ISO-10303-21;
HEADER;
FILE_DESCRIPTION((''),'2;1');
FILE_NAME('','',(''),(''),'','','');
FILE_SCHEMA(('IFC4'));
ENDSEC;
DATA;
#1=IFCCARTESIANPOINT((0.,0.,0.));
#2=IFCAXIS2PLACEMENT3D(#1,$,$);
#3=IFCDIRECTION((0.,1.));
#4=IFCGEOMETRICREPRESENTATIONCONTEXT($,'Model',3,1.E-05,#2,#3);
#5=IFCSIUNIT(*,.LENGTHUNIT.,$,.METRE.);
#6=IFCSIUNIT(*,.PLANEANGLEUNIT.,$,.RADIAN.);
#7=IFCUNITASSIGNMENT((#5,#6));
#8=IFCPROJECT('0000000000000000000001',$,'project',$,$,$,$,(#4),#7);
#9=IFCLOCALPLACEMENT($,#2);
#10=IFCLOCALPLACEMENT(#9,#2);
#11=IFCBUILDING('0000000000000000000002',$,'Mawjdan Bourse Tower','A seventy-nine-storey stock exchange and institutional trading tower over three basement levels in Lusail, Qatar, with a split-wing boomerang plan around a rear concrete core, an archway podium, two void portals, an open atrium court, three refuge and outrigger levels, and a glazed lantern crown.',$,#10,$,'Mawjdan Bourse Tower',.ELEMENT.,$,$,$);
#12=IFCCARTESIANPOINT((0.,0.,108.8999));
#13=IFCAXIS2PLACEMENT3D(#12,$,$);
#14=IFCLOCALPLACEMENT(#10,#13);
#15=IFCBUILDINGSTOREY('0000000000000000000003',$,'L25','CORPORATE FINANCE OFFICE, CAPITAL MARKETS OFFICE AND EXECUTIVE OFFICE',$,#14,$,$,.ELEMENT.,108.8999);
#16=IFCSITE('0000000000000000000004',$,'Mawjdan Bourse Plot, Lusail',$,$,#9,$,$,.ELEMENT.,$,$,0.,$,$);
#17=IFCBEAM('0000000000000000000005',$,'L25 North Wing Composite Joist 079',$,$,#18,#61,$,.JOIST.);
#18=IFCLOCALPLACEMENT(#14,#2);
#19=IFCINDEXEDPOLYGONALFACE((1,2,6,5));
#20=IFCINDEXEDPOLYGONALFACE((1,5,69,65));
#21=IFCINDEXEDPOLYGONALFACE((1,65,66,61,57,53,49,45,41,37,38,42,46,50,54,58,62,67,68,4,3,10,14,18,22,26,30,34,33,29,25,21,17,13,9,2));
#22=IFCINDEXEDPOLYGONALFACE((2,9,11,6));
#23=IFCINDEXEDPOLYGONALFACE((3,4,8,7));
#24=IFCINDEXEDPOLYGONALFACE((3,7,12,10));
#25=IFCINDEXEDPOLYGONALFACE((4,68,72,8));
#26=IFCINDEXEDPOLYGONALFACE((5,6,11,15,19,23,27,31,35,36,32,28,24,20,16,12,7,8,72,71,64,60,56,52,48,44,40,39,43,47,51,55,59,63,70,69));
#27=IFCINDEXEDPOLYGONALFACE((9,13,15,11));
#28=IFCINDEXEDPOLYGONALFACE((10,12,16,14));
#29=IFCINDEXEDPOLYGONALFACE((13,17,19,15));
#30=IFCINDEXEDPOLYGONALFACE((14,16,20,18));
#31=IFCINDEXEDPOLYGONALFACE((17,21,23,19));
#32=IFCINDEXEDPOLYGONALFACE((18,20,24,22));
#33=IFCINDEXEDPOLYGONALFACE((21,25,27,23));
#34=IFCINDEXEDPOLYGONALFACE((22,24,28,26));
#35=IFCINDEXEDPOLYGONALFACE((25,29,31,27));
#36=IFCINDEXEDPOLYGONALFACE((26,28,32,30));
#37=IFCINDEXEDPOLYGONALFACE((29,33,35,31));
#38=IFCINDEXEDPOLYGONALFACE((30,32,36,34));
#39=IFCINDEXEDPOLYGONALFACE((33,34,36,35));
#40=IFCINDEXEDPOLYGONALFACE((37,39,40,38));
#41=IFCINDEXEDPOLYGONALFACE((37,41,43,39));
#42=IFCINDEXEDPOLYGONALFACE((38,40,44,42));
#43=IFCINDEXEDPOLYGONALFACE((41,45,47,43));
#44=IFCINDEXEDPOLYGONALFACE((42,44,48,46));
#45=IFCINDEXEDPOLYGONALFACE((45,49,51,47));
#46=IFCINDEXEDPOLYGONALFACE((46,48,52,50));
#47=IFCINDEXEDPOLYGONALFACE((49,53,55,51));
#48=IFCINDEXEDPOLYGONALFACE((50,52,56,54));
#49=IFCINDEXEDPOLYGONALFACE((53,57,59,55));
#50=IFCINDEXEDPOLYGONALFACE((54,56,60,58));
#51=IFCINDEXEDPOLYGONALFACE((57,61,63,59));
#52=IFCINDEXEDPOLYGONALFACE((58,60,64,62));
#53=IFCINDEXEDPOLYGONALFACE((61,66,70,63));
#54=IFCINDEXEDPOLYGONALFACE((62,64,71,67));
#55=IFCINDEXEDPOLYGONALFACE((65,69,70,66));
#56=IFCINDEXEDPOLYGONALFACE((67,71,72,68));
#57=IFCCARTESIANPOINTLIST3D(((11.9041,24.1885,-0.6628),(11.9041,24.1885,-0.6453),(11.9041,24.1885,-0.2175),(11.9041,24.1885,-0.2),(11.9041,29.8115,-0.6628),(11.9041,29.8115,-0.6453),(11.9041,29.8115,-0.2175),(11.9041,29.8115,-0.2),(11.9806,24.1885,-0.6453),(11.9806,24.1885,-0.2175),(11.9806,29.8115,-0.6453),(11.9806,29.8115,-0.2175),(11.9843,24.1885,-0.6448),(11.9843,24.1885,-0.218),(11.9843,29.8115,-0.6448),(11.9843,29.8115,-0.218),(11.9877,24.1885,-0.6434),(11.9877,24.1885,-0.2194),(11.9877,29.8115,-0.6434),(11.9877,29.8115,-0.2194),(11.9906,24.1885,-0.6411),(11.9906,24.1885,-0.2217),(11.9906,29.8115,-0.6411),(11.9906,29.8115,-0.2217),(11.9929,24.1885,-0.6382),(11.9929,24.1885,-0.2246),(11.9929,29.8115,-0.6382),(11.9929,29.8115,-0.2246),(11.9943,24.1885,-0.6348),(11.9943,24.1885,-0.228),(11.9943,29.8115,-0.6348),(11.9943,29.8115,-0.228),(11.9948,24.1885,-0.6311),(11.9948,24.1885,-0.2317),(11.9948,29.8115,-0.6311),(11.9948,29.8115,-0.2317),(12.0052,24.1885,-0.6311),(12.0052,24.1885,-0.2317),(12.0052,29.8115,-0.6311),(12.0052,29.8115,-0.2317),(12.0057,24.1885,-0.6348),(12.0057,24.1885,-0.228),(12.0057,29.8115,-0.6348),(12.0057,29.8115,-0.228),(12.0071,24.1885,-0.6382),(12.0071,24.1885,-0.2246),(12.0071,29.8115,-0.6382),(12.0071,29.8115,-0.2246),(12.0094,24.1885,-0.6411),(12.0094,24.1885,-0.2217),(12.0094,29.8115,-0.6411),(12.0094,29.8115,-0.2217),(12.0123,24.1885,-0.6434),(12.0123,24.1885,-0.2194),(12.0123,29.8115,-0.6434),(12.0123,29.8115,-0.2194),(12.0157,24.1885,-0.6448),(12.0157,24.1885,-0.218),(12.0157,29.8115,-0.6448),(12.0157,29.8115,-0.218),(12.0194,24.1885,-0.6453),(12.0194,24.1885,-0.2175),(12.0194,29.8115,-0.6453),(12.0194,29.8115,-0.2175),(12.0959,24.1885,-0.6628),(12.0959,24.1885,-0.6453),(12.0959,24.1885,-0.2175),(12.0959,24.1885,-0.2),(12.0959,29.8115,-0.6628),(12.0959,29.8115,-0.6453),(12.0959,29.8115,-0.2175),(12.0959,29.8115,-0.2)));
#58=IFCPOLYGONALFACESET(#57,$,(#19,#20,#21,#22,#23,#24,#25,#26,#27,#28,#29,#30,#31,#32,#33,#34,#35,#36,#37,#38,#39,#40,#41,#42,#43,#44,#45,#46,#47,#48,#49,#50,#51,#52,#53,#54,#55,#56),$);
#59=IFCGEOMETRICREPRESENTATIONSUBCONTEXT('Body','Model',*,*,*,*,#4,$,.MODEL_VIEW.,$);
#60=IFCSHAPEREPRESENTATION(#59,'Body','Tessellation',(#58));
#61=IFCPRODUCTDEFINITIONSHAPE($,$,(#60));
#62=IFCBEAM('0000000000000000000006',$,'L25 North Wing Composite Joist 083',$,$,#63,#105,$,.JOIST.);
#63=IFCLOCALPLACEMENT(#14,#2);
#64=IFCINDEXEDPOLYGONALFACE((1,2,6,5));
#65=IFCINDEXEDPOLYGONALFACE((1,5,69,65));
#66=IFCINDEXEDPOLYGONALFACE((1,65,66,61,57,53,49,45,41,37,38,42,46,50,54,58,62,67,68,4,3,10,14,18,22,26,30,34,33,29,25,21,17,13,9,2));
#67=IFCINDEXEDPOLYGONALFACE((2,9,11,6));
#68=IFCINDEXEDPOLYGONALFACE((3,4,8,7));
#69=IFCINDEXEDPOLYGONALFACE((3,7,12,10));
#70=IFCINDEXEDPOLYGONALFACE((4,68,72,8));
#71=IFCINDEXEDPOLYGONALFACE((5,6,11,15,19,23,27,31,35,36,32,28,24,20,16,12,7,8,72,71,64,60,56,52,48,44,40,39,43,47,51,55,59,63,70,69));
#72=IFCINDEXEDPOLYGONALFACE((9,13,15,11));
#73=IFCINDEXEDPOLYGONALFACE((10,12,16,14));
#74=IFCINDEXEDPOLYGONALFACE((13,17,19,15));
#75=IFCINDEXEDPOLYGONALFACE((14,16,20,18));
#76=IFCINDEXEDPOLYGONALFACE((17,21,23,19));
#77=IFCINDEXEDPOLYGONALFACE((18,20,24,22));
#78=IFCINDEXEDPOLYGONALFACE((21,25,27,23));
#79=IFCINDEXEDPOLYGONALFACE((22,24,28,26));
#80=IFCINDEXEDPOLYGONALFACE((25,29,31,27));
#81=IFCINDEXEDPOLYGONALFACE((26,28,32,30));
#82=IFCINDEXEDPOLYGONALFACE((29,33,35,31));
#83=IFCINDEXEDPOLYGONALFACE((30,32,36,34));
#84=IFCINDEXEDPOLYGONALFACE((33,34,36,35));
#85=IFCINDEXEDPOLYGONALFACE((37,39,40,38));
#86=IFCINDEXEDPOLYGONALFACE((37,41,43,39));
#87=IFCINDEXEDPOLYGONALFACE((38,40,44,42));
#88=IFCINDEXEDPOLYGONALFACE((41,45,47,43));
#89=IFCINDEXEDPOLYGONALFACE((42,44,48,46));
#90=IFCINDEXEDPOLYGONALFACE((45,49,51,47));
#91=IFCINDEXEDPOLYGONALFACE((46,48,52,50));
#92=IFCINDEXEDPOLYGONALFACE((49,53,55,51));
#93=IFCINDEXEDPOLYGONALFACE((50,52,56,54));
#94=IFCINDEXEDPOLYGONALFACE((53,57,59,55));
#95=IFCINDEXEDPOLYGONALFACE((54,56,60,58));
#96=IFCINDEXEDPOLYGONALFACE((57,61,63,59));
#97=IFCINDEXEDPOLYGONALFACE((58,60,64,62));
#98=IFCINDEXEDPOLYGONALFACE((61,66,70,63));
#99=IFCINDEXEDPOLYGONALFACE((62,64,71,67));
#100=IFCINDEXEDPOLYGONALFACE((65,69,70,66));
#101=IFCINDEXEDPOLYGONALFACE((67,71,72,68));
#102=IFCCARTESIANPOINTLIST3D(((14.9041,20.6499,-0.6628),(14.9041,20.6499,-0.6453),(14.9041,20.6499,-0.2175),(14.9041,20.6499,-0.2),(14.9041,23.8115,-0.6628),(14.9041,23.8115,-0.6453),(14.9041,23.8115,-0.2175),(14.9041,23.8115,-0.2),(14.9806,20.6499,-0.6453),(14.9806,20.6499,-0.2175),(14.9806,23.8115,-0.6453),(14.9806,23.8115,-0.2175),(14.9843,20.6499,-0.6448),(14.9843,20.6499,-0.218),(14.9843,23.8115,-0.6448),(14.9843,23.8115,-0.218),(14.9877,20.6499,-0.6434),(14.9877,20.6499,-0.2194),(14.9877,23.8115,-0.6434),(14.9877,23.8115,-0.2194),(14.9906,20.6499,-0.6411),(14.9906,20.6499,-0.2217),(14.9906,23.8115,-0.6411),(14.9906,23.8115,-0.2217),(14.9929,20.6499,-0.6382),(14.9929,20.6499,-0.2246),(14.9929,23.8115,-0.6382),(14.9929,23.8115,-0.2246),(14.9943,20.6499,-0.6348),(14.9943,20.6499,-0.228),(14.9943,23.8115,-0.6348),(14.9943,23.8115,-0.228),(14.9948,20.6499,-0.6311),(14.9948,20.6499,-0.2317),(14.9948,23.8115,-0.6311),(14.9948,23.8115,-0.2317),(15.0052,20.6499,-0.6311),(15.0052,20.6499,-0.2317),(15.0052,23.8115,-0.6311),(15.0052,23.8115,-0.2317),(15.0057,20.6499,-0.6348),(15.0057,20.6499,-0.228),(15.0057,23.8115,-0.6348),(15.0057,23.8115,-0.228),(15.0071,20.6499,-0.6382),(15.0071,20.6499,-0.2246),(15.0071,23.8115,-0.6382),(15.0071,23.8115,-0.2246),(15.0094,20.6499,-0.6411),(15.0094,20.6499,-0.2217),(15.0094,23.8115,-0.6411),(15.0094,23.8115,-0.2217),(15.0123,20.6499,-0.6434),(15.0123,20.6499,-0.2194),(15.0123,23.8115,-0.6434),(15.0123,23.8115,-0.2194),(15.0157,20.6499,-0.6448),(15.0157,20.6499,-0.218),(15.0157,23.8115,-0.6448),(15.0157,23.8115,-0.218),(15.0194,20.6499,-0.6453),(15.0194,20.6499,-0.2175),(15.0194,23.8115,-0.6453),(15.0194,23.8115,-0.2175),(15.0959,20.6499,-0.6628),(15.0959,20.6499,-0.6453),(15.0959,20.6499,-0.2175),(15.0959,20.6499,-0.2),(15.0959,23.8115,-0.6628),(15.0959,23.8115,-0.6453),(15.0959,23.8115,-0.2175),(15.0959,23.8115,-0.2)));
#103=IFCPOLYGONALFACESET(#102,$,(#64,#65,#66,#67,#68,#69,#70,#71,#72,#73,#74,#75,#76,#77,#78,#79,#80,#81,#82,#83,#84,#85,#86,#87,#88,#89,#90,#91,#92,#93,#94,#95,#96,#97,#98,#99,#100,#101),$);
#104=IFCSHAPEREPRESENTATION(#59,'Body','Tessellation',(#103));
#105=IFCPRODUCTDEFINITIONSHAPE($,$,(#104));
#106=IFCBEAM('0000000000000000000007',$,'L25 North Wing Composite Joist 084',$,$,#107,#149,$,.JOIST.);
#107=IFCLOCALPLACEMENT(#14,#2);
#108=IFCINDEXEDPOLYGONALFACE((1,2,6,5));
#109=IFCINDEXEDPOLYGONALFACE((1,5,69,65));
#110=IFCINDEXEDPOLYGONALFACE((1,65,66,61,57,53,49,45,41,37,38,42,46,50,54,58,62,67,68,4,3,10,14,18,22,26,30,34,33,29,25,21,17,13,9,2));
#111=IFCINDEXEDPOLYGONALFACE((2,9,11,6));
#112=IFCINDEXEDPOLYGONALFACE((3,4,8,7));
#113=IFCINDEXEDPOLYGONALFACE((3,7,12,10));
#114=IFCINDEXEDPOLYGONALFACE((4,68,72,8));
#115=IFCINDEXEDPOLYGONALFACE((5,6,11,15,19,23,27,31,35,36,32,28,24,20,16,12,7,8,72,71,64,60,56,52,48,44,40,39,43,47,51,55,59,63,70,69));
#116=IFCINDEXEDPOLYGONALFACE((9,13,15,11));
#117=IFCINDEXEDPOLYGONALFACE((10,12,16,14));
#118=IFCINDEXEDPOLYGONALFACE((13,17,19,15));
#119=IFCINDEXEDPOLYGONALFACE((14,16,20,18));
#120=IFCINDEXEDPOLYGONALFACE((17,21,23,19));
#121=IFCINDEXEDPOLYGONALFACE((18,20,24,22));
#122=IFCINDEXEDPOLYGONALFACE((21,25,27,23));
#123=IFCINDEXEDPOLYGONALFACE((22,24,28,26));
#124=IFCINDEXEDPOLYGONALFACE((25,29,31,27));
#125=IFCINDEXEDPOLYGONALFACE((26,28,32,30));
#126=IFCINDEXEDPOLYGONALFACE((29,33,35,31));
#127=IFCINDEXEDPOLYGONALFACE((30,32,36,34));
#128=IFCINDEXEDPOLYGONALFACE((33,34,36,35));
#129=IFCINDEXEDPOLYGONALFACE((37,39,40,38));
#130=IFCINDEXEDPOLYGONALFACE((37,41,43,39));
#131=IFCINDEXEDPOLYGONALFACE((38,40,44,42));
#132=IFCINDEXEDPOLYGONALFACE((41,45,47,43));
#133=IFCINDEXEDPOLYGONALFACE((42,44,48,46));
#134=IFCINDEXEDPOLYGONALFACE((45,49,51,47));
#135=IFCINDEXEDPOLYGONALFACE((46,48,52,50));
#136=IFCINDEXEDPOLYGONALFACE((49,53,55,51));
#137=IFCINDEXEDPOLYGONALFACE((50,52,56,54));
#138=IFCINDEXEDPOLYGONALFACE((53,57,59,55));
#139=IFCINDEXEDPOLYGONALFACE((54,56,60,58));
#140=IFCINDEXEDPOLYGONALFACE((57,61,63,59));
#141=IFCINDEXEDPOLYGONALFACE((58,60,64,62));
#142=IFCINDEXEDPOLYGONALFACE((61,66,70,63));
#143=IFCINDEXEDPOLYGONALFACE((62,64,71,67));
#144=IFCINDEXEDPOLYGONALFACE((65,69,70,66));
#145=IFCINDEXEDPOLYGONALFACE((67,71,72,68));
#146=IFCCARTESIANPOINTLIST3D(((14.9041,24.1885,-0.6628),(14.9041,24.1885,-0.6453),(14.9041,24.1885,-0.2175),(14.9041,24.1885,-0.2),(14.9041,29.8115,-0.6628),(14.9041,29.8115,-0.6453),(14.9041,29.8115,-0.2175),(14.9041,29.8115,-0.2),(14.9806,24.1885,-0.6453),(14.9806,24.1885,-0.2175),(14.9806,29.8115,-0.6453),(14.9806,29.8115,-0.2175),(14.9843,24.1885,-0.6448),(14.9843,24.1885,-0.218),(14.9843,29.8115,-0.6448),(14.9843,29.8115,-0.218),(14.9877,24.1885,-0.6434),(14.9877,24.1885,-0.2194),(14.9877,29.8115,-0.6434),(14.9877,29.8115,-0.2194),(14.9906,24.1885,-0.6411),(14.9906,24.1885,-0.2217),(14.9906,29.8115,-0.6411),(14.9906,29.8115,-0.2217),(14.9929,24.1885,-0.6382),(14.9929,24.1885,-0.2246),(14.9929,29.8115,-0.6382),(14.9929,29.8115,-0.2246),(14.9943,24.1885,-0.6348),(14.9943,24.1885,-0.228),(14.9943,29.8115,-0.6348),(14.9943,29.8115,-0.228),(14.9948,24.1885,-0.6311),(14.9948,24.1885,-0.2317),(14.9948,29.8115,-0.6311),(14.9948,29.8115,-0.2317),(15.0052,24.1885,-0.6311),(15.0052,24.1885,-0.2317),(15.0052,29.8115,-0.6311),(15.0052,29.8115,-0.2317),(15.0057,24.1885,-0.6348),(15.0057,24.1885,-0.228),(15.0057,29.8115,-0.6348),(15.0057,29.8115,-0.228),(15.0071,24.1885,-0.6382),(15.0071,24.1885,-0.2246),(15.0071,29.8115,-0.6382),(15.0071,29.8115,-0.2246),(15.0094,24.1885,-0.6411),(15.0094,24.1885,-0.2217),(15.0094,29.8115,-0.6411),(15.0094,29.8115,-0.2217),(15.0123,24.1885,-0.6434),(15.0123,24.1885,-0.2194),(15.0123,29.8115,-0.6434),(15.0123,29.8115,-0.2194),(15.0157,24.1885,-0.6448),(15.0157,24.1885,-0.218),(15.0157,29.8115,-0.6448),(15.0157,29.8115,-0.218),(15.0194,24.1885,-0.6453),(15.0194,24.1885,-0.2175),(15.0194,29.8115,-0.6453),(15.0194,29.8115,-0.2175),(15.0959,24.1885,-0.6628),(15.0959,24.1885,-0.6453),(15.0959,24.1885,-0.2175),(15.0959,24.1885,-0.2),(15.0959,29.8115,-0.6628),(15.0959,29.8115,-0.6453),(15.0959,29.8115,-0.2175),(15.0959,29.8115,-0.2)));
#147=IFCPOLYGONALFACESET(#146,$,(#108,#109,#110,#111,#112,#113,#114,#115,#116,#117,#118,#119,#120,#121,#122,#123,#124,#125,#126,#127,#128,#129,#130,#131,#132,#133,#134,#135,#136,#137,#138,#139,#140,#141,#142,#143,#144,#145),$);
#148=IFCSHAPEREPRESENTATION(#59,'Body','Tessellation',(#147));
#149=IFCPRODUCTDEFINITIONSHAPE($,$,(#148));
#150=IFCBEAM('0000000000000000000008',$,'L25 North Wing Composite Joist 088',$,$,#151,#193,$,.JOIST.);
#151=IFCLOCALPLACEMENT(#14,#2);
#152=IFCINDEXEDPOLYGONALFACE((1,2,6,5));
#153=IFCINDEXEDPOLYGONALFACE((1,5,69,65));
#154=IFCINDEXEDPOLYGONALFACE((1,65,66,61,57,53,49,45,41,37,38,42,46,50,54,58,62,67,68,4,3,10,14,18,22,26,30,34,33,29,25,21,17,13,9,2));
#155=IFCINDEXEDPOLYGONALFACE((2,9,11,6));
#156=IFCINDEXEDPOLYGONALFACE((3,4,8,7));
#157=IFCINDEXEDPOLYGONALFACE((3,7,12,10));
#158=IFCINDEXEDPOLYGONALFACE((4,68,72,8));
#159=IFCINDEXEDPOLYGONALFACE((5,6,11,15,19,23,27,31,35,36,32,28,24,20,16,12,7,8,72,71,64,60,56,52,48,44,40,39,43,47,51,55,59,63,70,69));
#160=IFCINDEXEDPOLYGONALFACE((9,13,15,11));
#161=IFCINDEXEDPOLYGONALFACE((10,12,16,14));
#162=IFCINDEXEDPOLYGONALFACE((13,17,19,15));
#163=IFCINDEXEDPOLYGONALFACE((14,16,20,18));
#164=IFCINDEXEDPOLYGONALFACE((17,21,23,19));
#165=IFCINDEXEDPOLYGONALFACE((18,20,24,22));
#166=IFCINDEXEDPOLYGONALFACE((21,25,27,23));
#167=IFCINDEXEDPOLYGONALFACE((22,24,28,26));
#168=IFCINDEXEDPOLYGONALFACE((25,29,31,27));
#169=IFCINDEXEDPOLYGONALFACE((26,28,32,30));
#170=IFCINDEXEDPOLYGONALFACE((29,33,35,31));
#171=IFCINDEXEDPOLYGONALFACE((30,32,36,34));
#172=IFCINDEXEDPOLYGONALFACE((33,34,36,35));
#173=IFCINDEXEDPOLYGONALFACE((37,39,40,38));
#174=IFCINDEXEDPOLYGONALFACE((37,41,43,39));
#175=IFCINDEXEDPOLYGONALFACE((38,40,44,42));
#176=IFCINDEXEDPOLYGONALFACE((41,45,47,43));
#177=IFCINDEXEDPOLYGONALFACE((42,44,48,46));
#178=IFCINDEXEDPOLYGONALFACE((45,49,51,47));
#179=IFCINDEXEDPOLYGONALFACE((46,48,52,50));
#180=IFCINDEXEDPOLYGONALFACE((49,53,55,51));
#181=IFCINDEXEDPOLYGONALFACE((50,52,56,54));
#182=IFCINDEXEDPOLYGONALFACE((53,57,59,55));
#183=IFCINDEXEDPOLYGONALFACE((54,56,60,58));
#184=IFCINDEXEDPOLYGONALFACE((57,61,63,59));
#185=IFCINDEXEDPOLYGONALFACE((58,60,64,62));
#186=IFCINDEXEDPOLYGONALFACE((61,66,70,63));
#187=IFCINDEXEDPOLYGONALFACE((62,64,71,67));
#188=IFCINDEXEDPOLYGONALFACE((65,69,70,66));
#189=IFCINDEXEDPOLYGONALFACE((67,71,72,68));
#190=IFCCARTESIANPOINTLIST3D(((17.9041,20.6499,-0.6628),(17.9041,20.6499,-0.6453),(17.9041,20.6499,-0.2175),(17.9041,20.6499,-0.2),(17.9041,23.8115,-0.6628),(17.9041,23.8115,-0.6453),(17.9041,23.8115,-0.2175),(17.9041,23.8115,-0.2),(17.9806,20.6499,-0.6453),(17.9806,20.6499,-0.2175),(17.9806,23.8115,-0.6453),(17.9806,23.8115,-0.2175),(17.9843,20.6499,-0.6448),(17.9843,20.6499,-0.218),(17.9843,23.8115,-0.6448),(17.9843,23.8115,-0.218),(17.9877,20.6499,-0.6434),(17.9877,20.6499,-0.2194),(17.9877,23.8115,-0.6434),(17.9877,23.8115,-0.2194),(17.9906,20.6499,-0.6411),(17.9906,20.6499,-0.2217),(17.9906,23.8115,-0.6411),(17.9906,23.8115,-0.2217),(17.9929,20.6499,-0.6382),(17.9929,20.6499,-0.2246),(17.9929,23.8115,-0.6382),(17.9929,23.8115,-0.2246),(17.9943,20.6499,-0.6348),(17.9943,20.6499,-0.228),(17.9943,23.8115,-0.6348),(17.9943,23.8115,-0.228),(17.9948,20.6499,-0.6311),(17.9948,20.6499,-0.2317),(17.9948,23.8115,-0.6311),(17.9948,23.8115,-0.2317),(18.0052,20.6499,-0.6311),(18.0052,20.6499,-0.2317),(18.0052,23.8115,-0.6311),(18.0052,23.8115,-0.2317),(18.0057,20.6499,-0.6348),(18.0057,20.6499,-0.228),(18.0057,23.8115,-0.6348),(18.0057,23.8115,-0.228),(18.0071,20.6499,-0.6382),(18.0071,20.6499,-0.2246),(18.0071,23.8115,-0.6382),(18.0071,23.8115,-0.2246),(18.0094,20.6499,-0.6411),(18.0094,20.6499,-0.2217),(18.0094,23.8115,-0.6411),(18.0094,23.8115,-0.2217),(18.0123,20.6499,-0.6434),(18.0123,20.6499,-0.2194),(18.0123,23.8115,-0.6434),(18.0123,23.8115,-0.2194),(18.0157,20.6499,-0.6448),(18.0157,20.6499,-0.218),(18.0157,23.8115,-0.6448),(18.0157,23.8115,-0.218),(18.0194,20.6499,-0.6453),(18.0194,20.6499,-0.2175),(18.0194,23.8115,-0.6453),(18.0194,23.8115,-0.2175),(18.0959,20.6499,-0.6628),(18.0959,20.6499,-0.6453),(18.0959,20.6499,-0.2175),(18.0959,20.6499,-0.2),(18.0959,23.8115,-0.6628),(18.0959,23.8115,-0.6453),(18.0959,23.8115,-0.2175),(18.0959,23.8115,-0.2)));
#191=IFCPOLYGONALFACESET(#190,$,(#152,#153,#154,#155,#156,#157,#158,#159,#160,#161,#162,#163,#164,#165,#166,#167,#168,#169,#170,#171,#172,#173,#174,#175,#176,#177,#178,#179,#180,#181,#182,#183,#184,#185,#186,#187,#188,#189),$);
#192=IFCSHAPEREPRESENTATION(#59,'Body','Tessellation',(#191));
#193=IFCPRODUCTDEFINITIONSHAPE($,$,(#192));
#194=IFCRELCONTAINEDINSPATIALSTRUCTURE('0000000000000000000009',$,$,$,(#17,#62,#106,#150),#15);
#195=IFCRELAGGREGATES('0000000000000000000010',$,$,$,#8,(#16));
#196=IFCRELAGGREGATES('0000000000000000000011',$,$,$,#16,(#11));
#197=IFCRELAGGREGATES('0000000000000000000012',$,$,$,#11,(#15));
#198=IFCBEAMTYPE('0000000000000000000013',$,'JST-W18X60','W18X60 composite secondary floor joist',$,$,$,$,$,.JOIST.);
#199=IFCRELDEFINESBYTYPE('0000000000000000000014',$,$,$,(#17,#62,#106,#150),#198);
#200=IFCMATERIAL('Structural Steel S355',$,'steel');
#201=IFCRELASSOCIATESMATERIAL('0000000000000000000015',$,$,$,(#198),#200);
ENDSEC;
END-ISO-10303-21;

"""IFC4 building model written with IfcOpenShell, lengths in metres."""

from ifc_helpers import new_model, si_unit, direction, frame, origin, origin_2d, place, context, subcontext, project, spatial, i_section, extrude, material, material_profile, profile_set, type_object, element, save


model = new_model("IFC4")

# Units and contexts
model_context = context("Model", 3, precision=1e-05, world=origin(), true_north=direction((0.0, 1.0)))
body_context = subcontext(model_context, "Body", "Model", "MODEL_VIEW")
ifc_project = project(units=[si_unit("LENGTHUNIT", "METRE"), si_unit("PLANEANGLEUNIT", "RADIAN")], contexts=[model_context])

# Site, building, storey
site_placement = place(None, origin())
site = spatial("IfcSite", under=ifc_project, at=site_placement, Name="Mawjdan Bourse Plot, Lusail", CompositionType="ELEMENT", RefElevation=0.0)
building_placement = place(site_placement, origin())
building = spatial("IfcBuilding", under=site, at=building_placement, Name="Mawjdan Bourse Tower", Description="A seventy-nine-storey stock exchange and institutional trading tower over three basement levels in Lusail, Qatar, with a split-wing boomerang plan around a rear concrete core, an archway podium, two void portals, an open atrium court, three refuge and outrigger levels, and a glazed lantern crown.", LongName="Mawjdan Bourse Tower", CompositionType="ELEMENT")
storey_placement = place(building_placement, frame((0.0, 0.0, 108.8999)))
storey = spatial("IfcBuildingStorey", under=building, at=storey_placement, Name="L25", Description="CORPORATE FINANCE OFFICE, CAPITAL MARKETS OFFICE AND EXECUTIVE OFFICE", CompositionType="ELEMENT", Elevation=108.8999)

# Beams
ifc_material_1 = material(Name="Structural Steel S355", Category="steel")
ifc_material_profile_1 = material_profile(ifc_material_1, i_section(OverallWidth=0.1919, OverallDepth=0.4629, WebThickness=0.0105, FlangeThickness=0.0176, FilletRadius=0.0142, at=origin_2d()), Name="W18X60")
ifc_profile_set_1 = profile_set([ifc_material_profile_1], Name="Structural Steel S355")
beam_type_1 = type_object("IfcBeamType", Name="JST-W18X60", Description="W18X60 composite secondary floor joist", PredefinedType="JOIST", material=ifc_profile_set_1)
beam_1_placement = place(storey_placement, frame((12.0, 24.1885, -0.4314), z_axis=(0.0, 1.0, 0.0), x_axis=(-1.0, 0.0, 0.0)))
element("IfcBeam", 1, at=beam_1_placement, inside=storey, type_object=beam_type_1, Name="L25 North Wing Composite Joist 079", PredefinedType="JOIST", context=body_context, shape_type="SweptSolid", body=[
    extrude(i_section(OverallWidth=0.1919, OverallDepth=0.4629, WebThickness=0.0105, FlangeThickness=0.0176, FilletRadius=0.0142, at=origin_2d()), origin(), (0.0, 0.0, 1.0), 5.623),
])
beam_2_placement = place(storey_placement, frame((15.0, 20.6499, -0.4314), z_axis=(0.0, 1.0, 0.0), x_axis=(-1.0, 0.0, 0.0)))
element("IfcBeam", 2, at=beam_2_placement, inside=storey, type_object=beam_type_1, Name="L25 North Wing Composite Joist 083", PredefinedType="JOIST", context=body_context, shape_type="SweptSolid", body=[
    extrude(i_section(OverallWidth=0.1919, OverallDepth=0.4629, WebThickness=0.0105, FlangeThickness=0.0176, FilletRadius=0.0142, at=origin_2d()), origin(), (0.0, 0.0, 1.0), 3.1616),
])
beam_3_placement = place(storey_placement, frame((15.0, 24.1885, -0.4314), z_axis=(0.0, 1.0, 0.0), x_axis=(-1.0, 0.0, 0.0)))
element("IfcBeam", 3, at=beam_3_placement, inside=storey, type_object=beam_type_1, Name="L25 North Wing Composite Joist 084", PredefinedType="JOIST", context=body_context, shape_type="SweptSolid", body=[
    extrude(i_section(OverallWidth=0.1919, OverallDepth=0.4629, WebThickness=0.0105, FlangeThickness=0.0176, FilletRadius=0.0142, at=origin_2d()), origin(), (0.0, 0.0, 1.0), 5.623),
])
beam_4_placement = place(storey_placement, frame((18.0, 20.6499, -0.4314), z_axis=(0.0, 1.0, 0.0), x_axis=(-1.0, 0.0, 0.0)))
element("IfcBeam", 4, at=beam_4_placement, inside=storey, type_object=beam_type_1, Name="L25 North Wing Composite Joist 088", PredefinedType="JOIST", context=body_context, shape_type="SweptSolid", body=[
    extrude(i_section(OverallWidth=0.1919, OverallDepth=0.4629, WebThickness=0.0105, FlangeThickness=0.0176, FilletRadius=0.0142, at=origin_2d()), origin(), (0.0, 0.0, 1.0), 3.1616),
])

save(model, "model.ifc")
